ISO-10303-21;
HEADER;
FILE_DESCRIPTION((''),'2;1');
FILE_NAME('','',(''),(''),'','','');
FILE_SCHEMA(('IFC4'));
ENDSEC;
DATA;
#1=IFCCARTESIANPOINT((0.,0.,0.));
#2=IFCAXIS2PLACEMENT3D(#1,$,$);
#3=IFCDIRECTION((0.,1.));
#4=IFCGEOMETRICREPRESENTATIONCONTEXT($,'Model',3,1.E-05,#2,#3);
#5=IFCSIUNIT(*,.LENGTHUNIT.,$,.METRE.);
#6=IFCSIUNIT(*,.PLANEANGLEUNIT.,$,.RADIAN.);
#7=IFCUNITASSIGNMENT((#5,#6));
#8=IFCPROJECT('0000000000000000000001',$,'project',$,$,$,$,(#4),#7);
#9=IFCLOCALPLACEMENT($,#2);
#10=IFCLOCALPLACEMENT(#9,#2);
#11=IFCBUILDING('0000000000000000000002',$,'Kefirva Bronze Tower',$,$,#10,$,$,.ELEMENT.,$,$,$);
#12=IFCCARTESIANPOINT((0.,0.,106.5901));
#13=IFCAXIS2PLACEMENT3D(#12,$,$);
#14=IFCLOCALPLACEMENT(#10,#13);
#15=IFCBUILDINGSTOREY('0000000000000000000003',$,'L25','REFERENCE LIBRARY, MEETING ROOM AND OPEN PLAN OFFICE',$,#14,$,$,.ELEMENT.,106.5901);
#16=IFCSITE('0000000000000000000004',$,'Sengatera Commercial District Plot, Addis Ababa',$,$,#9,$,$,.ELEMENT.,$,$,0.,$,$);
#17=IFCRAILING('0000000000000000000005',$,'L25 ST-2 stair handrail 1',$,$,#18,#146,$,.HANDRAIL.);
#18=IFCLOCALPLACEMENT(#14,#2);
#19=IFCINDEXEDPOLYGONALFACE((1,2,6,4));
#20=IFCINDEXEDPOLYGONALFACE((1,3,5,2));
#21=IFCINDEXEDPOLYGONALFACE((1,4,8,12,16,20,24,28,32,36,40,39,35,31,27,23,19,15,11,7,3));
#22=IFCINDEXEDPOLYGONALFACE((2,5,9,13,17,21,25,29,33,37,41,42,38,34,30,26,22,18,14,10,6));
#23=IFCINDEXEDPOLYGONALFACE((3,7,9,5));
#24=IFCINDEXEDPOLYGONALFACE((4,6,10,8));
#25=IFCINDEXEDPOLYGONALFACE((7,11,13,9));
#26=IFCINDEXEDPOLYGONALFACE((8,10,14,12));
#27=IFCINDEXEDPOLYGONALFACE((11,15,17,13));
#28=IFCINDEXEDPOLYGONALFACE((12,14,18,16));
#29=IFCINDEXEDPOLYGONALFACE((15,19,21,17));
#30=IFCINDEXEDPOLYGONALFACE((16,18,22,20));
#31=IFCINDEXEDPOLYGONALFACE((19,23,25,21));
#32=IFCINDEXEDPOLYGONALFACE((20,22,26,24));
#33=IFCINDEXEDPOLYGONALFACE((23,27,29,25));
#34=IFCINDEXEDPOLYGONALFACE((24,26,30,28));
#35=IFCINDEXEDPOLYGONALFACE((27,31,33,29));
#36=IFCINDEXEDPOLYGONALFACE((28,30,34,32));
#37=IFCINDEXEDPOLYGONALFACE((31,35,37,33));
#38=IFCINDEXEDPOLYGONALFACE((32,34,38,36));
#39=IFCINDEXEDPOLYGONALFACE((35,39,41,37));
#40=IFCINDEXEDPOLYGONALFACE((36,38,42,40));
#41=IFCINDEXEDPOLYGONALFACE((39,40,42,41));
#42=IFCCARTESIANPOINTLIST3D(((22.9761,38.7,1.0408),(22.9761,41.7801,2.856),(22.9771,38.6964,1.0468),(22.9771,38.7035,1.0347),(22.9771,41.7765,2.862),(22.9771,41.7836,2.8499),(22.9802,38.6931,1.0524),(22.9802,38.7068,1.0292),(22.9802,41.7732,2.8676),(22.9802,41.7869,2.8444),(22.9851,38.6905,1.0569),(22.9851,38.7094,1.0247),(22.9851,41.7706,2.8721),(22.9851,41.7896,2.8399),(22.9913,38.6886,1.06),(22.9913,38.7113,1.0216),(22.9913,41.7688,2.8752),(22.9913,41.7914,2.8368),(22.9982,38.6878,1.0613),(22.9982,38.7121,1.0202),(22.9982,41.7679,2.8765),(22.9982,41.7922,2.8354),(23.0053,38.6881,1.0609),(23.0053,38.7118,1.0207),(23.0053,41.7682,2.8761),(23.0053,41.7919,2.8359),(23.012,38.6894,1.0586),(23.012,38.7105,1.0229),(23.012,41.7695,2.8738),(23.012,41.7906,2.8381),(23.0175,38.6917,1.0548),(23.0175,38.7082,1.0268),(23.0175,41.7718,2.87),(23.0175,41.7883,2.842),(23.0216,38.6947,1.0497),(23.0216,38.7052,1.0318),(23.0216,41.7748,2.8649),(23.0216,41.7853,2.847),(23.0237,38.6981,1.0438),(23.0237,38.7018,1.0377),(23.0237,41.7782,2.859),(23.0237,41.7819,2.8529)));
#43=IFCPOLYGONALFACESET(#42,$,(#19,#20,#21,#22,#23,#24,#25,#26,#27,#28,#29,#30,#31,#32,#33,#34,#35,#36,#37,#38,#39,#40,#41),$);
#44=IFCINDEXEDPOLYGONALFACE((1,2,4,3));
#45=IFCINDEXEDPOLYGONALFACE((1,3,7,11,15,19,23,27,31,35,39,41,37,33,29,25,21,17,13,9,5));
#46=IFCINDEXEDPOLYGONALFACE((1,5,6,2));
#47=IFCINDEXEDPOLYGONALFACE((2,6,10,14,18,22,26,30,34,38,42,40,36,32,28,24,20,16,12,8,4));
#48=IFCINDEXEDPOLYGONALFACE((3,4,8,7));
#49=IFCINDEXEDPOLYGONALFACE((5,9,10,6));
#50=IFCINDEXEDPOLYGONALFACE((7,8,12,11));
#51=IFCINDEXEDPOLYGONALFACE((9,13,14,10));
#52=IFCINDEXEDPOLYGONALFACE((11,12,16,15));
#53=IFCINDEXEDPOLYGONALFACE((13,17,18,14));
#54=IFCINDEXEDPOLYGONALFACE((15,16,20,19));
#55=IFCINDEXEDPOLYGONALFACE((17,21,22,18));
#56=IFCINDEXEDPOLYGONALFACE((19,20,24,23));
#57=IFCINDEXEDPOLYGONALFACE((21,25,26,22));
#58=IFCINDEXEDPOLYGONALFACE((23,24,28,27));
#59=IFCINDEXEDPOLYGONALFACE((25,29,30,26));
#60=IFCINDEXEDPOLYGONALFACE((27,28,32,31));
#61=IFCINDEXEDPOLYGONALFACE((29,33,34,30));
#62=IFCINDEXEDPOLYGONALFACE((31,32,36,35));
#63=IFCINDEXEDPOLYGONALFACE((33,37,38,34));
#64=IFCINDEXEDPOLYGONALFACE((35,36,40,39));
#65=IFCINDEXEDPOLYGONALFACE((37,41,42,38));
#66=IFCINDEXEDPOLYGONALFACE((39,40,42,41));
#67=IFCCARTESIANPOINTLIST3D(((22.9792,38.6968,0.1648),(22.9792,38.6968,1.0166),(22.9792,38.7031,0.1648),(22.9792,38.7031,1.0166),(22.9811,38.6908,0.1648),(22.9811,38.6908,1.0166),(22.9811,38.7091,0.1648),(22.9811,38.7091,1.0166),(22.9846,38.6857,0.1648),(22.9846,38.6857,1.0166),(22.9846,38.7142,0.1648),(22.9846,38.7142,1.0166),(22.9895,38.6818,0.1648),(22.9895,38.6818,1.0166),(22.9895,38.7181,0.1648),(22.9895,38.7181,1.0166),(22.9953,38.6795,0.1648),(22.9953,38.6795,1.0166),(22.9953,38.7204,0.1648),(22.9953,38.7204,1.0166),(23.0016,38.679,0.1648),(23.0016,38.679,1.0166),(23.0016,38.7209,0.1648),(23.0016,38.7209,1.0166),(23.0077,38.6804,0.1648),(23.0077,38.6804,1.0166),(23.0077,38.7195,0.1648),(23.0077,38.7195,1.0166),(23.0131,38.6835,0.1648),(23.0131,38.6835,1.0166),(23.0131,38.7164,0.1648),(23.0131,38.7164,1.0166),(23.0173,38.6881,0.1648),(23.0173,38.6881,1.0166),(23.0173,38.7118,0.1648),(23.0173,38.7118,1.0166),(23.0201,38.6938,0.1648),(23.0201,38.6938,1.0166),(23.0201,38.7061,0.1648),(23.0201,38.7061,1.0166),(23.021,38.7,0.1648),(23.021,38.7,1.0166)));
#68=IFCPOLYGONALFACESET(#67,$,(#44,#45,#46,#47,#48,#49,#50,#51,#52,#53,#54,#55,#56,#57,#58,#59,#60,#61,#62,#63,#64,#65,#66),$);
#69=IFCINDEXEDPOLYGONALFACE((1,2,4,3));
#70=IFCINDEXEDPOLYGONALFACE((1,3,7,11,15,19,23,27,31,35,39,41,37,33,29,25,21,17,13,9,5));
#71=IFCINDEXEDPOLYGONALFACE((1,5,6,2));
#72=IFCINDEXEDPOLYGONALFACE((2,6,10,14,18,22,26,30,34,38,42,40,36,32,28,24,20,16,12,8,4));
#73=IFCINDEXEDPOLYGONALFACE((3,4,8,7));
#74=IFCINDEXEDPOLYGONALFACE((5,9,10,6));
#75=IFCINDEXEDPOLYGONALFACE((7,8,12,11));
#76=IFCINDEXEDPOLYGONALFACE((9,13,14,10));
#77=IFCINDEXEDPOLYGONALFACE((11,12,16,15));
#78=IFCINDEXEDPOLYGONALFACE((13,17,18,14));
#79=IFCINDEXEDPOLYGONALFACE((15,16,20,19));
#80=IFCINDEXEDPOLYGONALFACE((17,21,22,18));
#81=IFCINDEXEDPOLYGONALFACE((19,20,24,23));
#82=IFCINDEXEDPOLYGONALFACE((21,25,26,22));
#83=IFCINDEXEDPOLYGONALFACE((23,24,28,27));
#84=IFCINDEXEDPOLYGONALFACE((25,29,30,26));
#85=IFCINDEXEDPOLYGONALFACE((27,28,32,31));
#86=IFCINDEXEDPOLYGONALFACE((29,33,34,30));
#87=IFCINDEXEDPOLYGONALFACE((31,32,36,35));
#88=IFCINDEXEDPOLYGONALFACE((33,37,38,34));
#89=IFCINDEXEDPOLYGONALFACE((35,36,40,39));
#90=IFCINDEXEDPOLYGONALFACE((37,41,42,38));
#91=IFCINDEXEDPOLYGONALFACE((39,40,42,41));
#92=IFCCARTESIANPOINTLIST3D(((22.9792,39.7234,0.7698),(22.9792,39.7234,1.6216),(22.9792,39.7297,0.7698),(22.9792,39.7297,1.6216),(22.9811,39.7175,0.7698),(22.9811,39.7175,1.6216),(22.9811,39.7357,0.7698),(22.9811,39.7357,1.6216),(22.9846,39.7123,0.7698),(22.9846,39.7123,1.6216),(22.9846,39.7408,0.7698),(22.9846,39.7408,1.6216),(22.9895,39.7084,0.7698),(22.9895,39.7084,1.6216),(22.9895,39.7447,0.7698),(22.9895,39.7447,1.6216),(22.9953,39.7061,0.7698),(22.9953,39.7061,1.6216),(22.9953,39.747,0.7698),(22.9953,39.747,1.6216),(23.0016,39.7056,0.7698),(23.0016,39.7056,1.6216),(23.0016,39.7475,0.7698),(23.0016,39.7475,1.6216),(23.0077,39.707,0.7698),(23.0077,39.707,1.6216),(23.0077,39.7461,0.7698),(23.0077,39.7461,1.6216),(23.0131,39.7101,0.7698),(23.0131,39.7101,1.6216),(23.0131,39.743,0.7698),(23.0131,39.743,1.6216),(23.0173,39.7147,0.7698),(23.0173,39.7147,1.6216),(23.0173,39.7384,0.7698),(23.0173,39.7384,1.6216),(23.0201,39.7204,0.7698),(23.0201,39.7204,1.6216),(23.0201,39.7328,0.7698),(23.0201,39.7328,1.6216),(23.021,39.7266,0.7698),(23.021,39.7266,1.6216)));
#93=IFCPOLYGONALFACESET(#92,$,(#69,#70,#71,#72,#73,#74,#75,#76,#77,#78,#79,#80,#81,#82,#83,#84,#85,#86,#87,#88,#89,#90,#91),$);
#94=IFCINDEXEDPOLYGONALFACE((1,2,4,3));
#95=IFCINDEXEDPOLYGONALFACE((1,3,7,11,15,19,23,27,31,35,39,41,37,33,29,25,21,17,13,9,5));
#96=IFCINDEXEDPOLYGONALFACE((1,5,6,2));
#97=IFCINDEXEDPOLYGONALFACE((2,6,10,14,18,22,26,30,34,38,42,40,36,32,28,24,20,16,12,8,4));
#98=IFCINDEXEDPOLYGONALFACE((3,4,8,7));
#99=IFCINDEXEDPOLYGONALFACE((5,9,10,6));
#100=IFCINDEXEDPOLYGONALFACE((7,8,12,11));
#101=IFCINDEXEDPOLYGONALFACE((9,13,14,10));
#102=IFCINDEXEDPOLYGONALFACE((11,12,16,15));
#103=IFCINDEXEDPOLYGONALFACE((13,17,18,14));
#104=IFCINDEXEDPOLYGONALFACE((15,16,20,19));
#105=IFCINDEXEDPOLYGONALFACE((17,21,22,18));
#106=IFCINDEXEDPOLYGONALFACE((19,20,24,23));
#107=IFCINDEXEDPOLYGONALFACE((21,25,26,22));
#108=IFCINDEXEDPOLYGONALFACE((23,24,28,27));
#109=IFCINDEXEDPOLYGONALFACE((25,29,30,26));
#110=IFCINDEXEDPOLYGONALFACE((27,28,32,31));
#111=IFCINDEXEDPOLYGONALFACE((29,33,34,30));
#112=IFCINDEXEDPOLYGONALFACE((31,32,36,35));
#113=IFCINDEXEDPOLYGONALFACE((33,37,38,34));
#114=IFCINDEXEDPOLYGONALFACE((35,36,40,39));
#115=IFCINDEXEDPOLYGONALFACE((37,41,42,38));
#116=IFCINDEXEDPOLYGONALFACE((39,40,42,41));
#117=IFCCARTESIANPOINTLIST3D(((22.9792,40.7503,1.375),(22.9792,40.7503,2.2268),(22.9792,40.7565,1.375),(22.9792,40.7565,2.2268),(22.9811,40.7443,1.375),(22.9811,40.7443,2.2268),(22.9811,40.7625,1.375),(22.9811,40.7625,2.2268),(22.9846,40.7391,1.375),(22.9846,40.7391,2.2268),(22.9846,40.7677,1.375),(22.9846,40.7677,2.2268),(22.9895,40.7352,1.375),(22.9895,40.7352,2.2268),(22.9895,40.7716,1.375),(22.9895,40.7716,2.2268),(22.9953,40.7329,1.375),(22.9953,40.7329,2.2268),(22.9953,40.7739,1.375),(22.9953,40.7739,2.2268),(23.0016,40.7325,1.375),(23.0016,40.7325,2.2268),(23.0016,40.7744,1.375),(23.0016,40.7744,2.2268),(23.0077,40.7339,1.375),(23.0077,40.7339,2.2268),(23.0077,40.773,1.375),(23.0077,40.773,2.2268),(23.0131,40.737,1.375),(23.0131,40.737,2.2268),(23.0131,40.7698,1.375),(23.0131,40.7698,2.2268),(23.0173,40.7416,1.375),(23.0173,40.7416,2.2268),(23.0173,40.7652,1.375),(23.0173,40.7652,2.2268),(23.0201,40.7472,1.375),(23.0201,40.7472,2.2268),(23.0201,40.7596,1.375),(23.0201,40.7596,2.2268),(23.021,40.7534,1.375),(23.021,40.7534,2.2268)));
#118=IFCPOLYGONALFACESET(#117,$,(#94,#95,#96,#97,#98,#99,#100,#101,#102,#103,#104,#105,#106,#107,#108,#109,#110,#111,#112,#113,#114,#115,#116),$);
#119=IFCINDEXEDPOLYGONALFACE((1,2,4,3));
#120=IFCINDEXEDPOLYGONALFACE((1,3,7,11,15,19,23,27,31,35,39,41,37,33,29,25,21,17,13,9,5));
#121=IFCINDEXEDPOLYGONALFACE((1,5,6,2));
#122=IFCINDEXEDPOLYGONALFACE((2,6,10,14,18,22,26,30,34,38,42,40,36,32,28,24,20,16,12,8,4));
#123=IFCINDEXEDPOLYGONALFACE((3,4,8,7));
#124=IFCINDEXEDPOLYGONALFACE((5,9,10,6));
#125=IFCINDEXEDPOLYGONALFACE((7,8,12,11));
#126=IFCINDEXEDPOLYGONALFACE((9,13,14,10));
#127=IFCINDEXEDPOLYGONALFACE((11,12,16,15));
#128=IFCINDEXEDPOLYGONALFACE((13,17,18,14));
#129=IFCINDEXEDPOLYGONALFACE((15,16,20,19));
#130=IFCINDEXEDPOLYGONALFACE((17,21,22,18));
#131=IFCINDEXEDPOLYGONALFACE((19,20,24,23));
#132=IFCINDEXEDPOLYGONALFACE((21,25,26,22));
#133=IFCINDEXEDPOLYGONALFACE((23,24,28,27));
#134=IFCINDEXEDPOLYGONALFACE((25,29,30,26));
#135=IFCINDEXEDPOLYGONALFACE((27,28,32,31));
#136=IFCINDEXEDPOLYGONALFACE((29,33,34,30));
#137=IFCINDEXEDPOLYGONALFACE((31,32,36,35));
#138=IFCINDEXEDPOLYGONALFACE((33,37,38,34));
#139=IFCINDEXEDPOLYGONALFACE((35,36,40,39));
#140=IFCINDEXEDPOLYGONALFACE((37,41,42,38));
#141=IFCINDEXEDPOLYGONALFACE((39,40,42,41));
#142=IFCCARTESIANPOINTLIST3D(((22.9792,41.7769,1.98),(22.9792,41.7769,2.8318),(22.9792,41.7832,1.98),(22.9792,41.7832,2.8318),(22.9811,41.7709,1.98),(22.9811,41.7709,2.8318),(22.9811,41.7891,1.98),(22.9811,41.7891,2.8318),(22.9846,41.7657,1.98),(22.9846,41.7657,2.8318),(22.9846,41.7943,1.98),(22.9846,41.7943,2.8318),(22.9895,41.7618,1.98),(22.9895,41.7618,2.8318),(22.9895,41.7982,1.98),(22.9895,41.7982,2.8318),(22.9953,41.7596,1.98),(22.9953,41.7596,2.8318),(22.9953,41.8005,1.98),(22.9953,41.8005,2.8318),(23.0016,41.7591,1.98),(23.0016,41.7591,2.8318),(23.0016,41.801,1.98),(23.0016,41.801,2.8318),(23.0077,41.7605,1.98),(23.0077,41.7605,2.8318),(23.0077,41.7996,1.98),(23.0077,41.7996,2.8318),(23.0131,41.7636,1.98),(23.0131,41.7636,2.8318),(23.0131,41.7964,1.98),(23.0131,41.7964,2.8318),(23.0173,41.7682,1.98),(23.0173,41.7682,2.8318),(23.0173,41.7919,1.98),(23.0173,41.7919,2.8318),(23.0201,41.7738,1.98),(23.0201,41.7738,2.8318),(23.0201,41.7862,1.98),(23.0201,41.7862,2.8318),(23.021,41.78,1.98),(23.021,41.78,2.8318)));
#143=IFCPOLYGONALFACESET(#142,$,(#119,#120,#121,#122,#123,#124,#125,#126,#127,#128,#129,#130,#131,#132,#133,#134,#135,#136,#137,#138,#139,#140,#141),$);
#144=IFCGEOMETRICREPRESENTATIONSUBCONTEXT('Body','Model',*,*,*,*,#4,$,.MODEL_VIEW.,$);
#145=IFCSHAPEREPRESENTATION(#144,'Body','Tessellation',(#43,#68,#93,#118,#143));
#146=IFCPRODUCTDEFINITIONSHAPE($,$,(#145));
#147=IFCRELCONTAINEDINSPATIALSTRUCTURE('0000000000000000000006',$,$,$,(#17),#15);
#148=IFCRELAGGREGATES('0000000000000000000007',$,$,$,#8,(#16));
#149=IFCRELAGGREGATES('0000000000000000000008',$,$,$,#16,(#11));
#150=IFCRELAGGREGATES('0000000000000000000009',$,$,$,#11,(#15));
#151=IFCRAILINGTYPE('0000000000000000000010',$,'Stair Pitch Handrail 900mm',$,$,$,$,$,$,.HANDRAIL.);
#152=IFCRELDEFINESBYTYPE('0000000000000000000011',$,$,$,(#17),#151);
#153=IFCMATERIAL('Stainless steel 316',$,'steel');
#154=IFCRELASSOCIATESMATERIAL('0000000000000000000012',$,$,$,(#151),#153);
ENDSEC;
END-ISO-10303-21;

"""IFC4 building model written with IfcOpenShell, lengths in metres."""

from ifc_helpers import new_model, si_unit, direction, frame, origin, origin_2d, place, context, subcontext, project, spatial, circle, extrude, material, type_object, element, save


model = new_model("IFC4")

# Units and contexts
model_context = context("Model", 3, precision=1e-05, world=origin(), true_north=direction((0.0, 1.0)))
body_context = subcontext(model_context, "Body", "Model", "MODEL_VIEW")
ifc_project = project(units=[si_unit("LENGTHUNIT", "METRE"), si_unit("PLANEANGLEUNIT", "RADIAN")], contexts=[model_context])

# Site, building, storey
site_placement = place(None, origin())
site = spatial("IfcSite", under=ifc_project, at=site_placement, Name="Sengatera Commercial District Plot, Addis Ababa", CompositionType="ELEMENT", RefElevation=0.0)
building_placement = place(site_placement, origin())
building = spatial("IfcBuilding", under=site, at=building_placement, Name="Kefirva Bronze Tower", CompositionType="ELEMENT")
storey_placement = place(building_placement, frame((0.0, 0.0, 106.5901)))
storey = spatial("IfcBuildingStorey", under=building, at=storey_placement, Name="L25", Description="REFERENCE LIBRARY, MEETING ROOM AND OPEN PLAN OFFICE", CompositionType="ELEMENT", Elevation=106.5901)

# Railing
ifc_material_1 = material(Name="Stainless steel 316", Category="steel")
railing_type_1 = type_object("IfcRailingType", Name="Stair Pitch Handrail 900mm", PredefinedType="HANDRAIL", material=ifc_material_1)
railing_1_placement = place(storey_placement, frame((23.0, 38.7, 0.1648)))
element("IfcRailing", 1, at=railing_1_placement, inside=storey, type_object=railing_type_1, Name="L25 ST-2 stair handrail 1", PredefinedType="HANDRAIL", context=body_context, shape_type="SweptSolid", body=[
    extrude(circle(Radius=0.0239, at=origin_2d()), frame((0.0, 0.0, 0.876), z_axis=(0.0, 0.861521, 0.507721), x_axis=(-1.0, 0.0, 0.0)), (0.0, 0.0, 1.0), 3.5752),
    extrude(circle(Radius=0.021, at=origin_2d()), origin(), (0.0, 0.0, 1.0), 0.8518),
    extrude(circle(Radius=0.021, at=origin_2d()), frame((0.0, 1.0266, 0.605)), (0.0, 0.0, 1.0), 0.8518),
    extrude(circle(Radius=0.021, at=origin_2d()), frame((0.0, 2.0535, 1.2102)), (0.0, 0.0, 1.0), 0.8518),
    extrude(circle(Radius=0.021, at=origin_2d()), frame((0.0, 3.0801, 1.8152)), (0.0, 0.0, 1.0), 0.8518),
])

save(model, "model.ifc")
